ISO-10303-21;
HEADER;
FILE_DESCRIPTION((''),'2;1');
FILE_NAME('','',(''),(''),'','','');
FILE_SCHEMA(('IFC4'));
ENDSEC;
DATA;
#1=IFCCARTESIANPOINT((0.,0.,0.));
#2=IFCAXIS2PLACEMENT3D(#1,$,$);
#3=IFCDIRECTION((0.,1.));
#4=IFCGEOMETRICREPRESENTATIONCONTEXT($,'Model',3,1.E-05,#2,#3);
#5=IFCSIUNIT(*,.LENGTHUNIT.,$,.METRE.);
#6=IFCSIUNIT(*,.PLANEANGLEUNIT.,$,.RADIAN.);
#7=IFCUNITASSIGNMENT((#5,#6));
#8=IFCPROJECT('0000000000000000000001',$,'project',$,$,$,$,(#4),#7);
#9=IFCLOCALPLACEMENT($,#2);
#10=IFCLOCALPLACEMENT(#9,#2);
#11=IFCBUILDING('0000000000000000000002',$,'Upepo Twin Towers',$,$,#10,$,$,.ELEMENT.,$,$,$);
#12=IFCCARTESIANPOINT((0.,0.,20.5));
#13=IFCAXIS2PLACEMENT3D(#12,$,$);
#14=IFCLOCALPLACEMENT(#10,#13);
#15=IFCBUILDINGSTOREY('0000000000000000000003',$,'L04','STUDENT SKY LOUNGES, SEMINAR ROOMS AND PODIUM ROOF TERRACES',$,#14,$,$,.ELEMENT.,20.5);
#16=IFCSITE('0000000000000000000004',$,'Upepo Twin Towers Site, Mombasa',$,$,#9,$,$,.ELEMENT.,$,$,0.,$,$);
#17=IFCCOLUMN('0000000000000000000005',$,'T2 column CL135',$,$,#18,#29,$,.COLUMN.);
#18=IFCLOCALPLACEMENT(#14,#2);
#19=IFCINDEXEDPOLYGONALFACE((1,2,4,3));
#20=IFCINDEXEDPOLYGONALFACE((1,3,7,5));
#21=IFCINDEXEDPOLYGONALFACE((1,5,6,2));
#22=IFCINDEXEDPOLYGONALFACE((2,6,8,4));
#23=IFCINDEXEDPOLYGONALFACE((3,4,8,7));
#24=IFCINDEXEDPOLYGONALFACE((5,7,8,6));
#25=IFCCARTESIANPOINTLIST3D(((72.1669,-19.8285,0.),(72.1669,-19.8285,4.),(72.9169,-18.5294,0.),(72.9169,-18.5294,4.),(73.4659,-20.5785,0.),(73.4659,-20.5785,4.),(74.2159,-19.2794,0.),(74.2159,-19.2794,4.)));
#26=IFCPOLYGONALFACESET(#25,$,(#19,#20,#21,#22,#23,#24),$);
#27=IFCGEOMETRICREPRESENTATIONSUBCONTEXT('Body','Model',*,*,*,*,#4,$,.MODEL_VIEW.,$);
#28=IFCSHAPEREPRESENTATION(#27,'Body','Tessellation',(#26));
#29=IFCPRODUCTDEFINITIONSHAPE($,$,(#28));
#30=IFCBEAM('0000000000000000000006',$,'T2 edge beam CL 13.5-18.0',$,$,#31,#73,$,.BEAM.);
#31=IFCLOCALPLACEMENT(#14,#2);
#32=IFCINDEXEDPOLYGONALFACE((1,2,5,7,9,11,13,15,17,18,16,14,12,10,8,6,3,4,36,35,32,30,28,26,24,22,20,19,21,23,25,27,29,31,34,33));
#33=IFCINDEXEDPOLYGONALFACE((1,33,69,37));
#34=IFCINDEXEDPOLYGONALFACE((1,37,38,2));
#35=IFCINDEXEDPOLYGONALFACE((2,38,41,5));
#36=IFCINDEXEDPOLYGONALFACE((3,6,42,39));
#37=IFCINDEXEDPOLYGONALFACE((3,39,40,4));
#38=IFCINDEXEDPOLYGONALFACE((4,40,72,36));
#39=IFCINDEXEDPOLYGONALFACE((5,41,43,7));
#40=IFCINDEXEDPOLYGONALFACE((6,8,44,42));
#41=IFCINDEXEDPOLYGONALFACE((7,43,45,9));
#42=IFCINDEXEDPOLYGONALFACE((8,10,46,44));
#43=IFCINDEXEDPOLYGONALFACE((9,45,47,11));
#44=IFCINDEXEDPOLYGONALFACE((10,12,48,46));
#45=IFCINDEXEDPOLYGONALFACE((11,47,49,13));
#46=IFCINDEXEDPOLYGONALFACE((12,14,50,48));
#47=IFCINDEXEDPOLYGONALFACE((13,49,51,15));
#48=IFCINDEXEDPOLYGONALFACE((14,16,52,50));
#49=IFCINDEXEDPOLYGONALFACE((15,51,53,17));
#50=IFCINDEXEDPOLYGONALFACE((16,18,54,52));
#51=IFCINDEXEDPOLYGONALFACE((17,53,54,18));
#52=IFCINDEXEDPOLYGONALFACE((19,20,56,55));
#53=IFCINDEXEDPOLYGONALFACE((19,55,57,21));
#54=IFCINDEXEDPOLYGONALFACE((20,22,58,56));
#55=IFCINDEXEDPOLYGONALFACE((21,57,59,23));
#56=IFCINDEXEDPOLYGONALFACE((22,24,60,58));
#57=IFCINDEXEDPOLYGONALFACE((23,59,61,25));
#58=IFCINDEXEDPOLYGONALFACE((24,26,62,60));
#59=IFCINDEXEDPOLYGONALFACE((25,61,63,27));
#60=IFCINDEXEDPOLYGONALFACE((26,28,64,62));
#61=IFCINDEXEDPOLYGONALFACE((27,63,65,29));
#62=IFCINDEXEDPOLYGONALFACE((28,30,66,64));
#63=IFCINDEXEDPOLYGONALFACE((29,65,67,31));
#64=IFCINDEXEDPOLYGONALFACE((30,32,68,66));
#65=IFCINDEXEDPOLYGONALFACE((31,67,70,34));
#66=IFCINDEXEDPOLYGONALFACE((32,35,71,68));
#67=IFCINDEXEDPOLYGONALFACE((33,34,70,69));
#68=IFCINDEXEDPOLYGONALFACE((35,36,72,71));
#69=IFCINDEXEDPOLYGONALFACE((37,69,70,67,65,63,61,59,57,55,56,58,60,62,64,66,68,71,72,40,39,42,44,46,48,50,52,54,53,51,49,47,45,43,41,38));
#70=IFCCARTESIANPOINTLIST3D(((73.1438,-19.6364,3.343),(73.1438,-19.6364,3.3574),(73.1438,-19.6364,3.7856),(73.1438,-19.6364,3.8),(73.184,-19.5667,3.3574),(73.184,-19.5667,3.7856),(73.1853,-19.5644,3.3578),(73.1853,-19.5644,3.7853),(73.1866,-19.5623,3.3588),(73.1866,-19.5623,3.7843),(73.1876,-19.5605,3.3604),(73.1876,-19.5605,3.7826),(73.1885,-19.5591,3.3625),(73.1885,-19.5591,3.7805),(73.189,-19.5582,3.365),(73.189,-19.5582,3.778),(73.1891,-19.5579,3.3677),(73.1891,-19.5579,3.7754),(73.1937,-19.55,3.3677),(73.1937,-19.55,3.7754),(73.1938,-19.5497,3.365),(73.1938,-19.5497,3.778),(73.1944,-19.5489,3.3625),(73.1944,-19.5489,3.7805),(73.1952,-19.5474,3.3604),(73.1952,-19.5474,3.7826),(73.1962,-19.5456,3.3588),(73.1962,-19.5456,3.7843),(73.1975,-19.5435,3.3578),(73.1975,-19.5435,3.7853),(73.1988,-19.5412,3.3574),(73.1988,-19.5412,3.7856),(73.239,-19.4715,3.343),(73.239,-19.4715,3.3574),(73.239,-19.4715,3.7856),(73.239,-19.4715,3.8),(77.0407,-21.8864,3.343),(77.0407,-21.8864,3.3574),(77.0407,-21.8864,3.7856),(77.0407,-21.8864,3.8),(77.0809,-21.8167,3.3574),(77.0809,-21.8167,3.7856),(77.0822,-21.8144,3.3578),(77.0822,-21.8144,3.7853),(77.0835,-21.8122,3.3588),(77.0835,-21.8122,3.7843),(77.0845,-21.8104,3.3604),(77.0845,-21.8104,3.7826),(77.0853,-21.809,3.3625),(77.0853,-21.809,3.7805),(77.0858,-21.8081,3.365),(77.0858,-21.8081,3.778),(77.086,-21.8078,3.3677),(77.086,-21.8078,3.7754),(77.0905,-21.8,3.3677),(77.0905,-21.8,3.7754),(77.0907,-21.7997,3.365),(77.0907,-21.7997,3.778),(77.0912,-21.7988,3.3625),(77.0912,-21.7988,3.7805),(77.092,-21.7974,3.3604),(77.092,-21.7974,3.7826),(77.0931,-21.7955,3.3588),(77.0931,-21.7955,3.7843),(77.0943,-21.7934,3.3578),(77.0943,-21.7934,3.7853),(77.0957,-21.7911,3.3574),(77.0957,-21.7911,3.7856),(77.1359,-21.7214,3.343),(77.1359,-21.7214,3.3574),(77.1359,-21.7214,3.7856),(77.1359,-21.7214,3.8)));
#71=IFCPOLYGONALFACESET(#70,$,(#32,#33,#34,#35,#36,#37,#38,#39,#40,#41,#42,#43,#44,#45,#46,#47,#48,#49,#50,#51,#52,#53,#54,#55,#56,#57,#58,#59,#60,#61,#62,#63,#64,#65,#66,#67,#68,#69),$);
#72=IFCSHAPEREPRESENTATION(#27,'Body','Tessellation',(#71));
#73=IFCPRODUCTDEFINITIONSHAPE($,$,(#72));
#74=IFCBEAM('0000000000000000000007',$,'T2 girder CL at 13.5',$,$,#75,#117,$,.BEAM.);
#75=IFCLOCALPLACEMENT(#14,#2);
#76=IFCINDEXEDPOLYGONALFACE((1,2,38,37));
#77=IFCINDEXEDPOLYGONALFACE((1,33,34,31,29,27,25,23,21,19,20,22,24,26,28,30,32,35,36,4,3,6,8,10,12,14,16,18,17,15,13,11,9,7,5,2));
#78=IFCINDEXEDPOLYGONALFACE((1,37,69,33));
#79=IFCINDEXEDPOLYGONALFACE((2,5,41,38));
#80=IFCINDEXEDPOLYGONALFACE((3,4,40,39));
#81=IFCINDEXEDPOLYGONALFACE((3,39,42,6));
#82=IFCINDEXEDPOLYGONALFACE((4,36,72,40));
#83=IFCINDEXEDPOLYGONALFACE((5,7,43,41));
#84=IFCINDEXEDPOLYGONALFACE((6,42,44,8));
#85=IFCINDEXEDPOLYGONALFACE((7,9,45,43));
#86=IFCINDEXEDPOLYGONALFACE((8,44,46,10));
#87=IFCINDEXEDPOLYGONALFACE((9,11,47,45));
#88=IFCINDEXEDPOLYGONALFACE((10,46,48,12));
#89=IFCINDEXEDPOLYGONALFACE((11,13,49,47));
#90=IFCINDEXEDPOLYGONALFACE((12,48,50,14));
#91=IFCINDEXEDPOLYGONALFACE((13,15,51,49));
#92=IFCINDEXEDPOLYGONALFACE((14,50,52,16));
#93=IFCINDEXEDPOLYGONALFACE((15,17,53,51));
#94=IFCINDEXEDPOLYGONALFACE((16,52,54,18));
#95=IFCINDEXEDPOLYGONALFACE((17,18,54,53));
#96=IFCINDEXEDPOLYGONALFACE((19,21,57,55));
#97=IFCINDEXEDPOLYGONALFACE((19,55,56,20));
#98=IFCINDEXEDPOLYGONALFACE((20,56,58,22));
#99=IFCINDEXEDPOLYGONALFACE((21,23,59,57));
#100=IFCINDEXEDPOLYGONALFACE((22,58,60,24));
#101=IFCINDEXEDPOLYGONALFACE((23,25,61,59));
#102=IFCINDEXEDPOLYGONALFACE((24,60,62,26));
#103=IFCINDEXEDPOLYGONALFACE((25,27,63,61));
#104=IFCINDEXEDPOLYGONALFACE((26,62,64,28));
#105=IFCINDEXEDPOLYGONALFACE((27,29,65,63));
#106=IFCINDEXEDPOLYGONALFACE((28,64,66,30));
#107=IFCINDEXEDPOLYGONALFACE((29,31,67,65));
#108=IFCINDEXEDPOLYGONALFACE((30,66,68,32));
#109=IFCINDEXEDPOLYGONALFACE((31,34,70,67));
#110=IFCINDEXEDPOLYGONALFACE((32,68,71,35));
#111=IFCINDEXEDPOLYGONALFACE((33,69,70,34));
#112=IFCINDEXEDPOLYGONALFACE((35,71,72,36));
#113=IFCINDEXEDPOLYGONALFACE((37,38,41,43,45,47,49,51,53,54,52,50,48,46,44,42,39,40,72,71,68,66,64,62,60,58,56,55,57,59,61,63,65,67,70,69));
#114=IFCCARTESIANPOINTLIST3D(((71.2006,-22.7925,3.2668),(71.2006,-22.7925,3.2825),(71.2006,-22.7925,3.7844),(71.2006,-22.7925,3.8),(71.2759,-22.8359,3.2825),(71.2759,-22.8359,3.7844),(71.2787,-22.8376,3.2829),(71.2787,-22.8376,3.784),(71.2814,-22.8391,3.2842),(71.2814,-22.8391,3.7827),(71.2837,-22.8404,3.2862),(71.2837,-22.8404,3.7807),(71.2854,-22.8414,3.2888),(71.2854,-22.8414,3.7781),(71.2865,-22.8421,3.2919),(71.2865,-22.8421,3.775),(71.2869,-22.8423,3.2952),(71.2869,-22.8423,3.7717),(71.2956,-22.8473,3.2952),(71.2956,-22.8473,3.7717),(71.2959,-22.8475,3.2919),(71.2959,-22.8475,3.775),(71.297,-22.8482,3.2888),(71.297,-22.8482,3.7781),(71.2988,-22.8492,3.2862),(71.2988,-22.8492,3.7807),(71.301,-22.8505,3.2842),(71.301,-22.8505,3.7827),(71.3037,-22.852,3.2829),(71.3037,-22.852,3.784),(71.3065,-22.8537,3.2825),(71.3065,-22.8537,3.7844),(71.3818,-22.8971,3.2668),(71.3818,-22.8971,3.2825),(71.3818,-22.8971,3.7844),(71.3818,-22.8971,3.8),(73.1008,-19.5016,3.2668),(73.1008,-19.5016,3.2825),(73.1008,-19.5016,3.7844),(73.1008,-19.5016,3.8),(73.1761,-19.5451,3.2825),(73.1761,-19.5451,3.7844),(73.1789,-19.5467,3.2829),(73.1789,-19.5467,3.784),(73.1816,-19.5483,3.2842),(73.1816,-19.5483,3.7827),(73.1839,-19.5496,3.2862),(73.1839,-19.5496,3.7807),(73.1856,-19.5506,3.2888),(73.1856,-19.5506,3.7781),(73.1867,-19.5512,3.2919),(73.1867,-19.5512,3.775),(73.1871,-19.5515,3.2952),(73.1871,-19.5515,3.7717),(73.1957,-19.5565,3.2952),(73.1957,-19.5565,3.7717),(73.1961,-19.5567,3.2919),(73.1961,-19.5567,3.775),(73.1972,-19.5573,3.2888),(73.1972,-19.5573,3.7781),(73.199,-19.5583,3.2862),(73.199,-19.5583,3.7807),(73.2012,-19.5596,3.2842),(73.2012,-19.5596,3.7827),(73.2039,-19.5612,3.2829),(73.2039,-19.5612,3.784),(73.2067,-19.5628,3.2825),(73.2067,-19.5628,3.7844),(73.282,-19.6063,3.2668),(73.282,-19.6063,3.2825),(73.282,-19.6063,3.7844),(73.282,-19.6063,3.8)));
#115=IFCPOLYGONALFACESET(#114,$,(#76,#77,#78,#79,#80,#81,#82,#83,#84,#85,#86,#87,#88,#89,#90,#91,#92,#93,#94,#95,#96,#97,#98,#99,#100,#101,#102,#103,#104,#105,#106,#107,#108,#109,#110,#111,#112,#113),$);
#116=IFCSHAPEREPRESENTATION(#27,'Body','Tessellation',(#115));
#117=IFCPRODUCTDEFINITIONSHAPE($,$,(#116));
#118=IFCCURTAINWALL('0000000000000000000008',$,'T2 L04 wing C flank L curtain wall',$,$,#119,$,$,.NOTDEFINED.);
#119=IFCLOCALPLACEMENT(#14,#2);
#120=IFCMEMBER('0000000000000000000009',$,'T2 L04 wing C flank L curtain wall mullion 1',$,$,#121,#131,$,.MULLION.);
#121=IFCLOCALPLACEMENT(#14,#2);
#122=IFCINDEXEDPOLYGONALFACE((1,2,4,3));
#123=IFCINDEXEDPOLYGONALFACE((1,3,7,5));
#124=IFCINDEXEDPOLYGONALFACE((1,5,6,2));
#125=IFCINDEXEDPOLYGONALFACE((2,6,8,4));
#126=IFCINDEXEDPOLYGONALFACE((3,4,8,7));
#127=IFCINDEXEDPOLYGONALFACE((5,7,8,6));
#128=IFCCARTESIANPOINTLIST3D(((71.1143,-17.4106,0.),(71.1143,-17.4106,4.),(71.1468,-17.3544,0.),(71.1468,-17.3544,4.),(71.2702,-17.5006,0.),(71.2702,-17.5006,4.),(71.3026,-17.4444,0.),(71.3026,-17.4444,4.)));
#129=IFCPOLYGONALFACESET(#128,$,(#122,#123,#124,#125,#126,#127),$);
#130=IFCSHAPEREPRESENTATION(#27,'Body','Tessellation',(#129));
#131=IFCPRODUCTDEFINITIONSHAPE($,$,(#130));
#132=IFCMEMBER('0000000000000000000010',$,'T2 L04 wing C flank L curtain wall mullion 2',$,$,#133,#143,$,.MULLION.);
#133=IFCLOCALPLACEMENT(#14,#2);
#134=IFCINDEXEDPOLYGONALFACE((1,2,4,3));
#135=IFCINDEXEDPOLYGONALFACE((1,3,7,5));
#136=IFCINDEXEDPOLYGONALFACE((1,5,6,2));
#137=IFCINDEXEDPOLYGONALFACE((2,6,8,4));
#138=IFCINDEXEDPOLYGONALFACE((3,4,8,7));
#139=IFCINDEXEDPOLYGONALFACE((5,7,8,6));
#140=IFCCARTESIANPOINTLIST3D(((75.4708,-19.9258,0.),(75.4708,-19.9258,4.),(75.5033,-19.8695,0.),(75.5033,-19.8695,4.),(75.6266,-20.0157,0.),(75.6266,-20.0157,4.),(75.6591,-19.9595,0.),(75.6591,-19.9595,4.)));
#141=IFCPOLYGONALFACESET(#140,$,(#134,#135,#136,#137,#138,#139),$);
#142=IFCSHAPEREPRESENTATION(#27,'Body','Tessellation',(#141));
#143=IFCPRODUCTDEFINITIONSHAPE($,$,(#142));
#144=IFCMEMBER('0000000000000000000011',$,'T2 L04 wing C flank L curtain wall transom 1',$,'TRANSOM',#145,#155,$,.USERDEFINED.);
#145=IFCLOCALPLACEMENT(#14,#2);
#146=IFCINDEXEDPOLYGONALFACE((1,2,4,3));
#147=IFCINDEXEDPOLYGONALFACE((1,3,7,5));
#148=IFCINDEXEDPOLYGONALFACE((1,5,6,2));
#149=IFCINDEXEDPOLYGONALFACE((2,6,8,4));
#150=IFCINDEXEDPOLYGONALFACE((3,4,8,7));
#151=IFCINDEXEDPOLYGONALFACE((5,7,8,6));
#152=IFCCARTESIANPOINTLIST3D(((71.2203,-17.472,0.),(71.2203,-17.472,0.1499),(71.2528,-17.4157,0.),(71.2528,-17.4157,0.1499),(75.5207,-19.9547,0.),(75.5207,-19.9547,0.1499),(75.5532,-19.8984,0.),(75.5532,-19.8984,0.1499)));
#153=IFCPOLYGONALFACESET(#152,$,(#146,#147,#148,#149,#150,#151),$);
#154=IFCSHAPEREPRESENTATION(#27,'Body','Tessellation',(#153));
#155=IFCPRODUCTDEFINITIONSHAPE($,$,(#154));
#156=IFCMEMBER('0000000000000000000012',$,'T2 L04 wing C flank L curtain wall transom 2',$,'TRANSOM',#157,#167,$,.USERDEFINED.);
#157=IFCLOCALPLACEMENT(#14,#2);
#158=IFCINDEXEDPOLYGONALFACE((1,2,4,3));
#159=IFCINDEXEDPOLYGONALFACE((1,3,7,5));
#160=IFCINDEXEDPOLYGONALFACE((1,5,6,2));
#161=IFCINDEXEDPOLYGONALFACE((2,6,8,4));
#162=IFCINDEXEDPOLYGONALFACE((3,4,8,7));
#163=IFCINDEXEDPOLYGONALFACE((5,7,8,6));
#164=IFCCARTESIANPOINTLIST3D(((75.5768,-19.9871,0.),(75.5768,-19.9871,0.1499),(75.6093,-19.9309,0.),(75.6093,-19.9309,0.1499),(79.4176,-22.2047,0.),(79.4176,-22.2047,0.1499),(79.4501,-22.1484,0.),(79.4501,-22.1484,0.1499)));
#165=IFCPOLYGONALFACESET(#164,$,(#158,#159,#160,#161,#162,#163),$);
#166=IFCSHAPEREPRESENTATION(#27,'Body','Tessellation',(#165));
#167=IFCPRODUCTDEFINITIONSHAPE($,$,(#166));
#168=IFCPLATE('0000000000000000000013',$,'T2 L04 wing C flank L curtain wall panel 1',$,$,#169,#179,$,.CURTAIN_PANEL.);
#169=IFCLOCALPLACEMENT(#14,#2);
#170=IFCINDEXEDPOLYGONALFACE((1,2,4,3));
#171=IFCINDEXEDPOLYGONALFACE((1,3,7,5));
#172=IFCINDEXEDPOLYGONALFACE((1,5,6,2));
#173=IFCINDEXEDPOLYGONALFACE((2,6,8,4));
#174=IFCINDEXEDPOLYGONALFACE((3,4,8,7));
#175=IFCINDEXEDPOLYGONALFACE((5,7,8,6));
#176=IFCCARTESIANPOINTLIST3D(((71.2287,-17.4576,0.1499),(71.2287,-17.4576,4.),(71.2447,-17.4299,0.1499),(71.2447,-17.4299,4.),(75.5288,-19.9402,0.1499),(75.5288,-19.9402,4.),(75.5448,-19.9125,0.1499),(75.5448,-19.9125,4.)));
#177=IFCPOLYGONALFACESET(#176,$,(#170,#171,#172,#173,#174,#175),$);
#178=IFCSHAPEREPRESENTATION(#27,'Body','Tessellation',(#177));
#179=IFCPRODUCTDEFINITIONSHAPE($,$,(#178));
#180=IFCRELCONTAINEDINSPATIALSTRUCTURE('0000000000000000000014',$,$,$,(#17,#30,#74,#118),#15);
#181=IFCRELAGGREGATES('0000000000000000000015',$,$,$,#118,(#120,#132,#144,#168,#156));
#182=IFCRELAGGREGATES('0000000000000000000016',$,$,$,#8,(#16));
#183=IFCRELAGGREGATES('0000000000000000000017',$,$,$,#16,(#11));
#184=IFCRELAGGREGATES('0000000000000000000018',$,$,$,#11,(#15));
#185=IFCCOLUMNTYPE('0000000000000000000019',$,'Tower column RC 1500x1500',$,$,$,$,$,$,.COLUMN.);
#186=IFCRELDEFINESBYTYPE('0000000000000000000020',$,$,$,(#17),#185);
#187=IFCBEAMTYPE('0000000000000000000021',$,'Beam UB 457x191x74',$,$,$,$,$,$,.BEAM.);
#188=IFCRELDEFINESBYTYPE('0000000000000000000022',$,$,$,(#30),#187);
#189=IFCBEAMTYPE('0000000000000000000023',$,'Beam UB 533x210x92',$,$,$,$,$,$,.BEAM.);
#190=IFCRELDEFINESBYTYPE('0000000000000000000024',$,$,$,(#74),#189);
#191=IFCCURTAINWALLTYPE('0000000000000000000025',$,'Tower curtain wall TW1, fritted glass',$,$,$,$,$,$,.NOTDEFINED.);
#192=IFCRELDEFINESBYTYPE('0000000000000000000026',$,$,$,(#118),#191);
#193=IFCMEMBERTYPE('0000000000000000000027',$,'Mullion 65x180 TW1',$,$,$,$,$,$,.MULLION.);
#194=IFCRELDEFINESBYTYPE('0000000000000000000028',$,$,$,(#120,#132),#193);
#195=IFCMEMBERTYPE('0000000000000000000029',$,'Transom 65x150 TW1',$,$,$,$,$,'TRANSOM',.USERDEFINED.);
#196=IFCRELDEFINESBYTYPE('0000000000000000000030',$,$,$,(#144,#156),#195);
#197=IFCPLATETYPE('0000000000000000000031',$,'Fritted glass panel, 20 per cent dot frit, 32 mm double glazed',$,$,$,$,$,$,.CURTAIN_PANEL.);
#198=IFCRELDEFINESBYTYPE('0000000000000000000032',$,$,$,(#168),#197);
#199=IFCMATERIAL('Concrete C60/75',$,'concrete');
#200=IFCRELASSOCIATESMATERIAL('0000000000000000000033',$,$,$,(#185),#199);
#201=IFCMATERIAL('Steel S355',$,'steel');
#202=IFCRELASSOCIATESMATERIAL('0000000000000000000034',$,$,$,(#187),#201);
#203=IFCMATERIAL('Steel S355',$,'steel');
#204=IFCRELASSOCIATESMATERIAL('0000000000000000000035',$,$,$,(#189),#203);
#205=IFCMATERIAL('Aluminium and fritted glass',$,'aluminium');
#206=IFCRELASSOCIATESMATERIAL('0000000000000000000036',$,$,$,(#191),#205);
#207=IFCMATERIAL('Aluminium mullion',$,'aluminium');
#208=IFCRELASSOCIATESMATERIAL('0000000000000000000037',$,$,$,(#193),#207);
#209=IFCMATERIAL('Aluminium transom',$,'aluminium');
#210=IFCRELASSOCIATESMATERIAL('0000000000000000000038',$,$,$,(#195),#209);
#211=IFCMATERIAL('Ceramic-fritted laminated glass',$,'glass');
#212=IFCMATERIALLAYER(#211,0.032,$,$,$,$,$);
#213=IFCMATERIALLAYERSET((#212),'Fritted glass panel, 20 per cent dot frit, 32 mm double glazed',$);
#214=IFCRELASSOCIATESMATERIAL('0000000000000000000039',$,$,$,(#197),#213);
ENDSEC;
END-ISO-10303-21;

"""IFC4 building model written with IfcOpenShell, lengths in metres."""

from ifc_helpers import new_model, si_unit, direction, frame, origin, origin_2d, place, context, subcontext, project, spatial, rectangle, i_section, extrude, material, layer, layer_set, material_profile, profile_set, type_object, element, aggregate, save


model = new_model("IFC4")

# Units and contexts
model_context = context("Model", 3, precision=1e-05, world=origin(), true_north=direction((0.0, 1.0)))
body_context = subcontext(model_context, "Body", "Model", "MODEL_VIEW")
ifc_project = project(units=[si_unit("LENGTHUNIT", "METRE"), si_unit("PLANEANGLEUNIT", "RADIAN")], contexts=[model_context])

# Site, building, storey
site_placement = place(None, origin())
site = spatial("IfcSite", under=ifc_project, at=site_placement, Name="Upepo Twin Towers Site, Mombasa", CompositionType="ELEMENT", RefElevation=0.0)
building_placement = place(site_placement, origin())
building = spatial("IfcBuilding", under=site, at=building_placement, Name="Upepo Twin Towers", CompositionType="ELEMENT")
storey_placement = place(building_placement, frame((0.0, 0.0, 20.5)))
storey = spatial("IfcBuildingStorey", under=building, at=storey_placement, Name="L04", Description="STUDENT SKY LOUNGES, SEMINAR ROOMS AND PODIUM ROOF TERRACES", CompositionType="ELEMENT", Elevation=20.5)

# Column
ifc_material_1 = material(Name="Concrete C60/75", Category="concrete")
ifc_material_profile_1 = material_profile(ifc_material_1, rectangle(XDim=1.5, YDim=1.5, at=origin_2d()), Name="RC 1500x1500")
ifc_profile_set_1 = profile_set([ifc_material_profile_1], Name="Concrete C60/75")
column_type = type_object("IfcColumnType", Name="Tower column RC 1500x1500", PredefinedType="COLUMN", material=ifc_profile_set_1)
column_placement = place(storey_placement, frame((73.1914, -19.554, 0.0), z_axis=(0.0, 0.0, 1.0), x_axis=(0.5, 0.866025, 0.0)))
element("IfcColumn", 1, at=column_placement, inside=storey, type_object=column_type, Name="T2 column CL135", PredefinedType="COLUMN", context=body_context, shape_type="SweptSolid", body=[
    extrude(rectangle(XDim=1.5, YDim=1.5, at=origin_2d()), origin(), (0.0, 0.0, 1.0), 4.0),
])

# Beams
ifc_material_2 = material(Name="Steel S355", Category="steel")
ifc_material_profile_2 = material_profile(ifc_material_2, i_section(OverallWidth=0.1904, OverallDepth=0.457, WebThickness=0.009, FlangeThickness=0.0144, FilletRadius=0.0103, at=origin_2d()), Name="UB 457x191x74")
ifc_profile_set_2 = profile_set([ifc_material_profile_2], Name="Steel S355")
beam_type_1 = type_object("IfcBeamType", Name="Beam UB 457x191x74", PredefinedType="BEAM", material=ifc_profile_set_2)
beam_1_placement = place(storey_placement, frame((73.1914, -19.554, 3.5715), z_axis=(0.866018, -0.500014, 0.0), x_axis=(0.500014, 0.866018, 0.0)))
element("IfcBeam", 2, at=beam_1_placement, inside=storey, type_object=beam_type_1, Name="T2 edge beam CL 13.5-18.0", PredefinedType="BEAM", context=body_context, shape_type="SweptSolid", body=[
    extrude(i_section(OverallWidth=0.1904, OverallDepth=0.457, WebThickness=0.009, FlangeThickness=0.0144, FilletRadius=0.0103, at=origin_2d()), origin(), (0.0, 0.0, 1.0), 4.4998),
])
ifc_material_3 = material(Name="Steel S355", Category="steel")
ifc_material_profile_3 = material_profile(ifc_material_3, i_section(OverallWidth=0.2092, OverallDepth=0.5332, WebThickness=0.01, FlangeThickness=0.0156, FilletRadius=0.0127, at=origin_2d()), Name="UB 533x210x92")
ifc_profile_set_3 = profile_set([ifc_material_profile_3], Name="Steel S355")
beam_type_2 = type_object("IfcBeamType", Name="Beam UB 533x210x92", PredefinedType="BEAM", material=ifc_profile_set_3)
beam_2_placement = place(storey_placement, frame((73.1914, -19.554, 3.5334), z_axis=(-0.500043, -0.866, 0.0), x_axis=(0.866, -0.500043, 0.0)))
element("IfcBeam", 3, at=beam_2_placement, inside=storey, type_object=beam_type_2, Name="T2 girder CL at 13.5", PredefinedType="BEAM", context=body_context, shape_type="SweptSolid", body=[
    extrude(i_section(OverallWidth=0.2092, OverallDepth=0.5332, WebThickness=0.01, FlangeThickness=0.0156, FilletRadius=0.0127, at=origin_2d()), origin(), (0.0, 0.0, 1.0), 3.8),
])

# Curtain wall, members, plate
ifc_material_4 = material(Name="Aluminium and fritted glass", Category="aluminium")
curtain_wall_type = type_object("IfcCurtainWallType", Name="Tower curtain wall TW1, fritted glass", PredefinedType="NOTDEFINED", material=ifc_material_4)
curtain_wall_placement = place(storey_placement, origin())
curtain_wall = element("IfcCurtainWall", 4, at=curtain_wall_placement, inside=storey, type_object=curtain_wall_type, Name="T2 L04 wing C flank L curtain wall", PredefinedType="NOTDEFINED")
ifc_material_5 = material(Name="Aluminium mullion", Category="aluminium")
ifc_material_profile_4 = material_profile(ifc_material_5, rectangle(XDim=0.0649, YDim=0.1799, at=origin_2d()), Name="MULLION 65x180")
ifc_profile_set_4 = profile_set([ifc_material_profile_4], Name="Aluminium mullion")
member_type_1 = type_object("IfcMemberType", Name="Mullion 65x180 TW1", PredefinedType="MULLION", material=ifc_profile_set_4)
member_1_placement = place(storey_placement, frame((71.2085, -17.4275, 0.0), z_axis=(0.0, 0.0, 1.0), x_axis=(0.5, 0.866025, 0.0)))
member_1 = element("IfcMember", 5, at=member_1_placement, type_object=member_type_1, Name="T2 L04 wing C flank L curtain wall mullion 1", PredefinedType="MULLION", context=body_context, shape_type="SweptSolid", body=[
    extrude(rectangle(XDim=0.0649, YDim=0.1799, at=origin_2d()), origin(), (0.0, 0.0, 1.0), 4.0),
])
member_2_placement = place(storey_placement, frame((75.5649, -19.9426, 0.0), z_axis=(0.0, 0.0, 1.0), x_axis=(0.5, 0.866025, 0.0)))
member_2 = element("IfcMember", 6, at=member_2_placement, type_object=member_type_1, Name="T2 L04 wing C flank L curtain wall mullion 2", PredefinedType="MULLION", context=body_context, shape_type="SweptSolid", body=[
    extrude(rectangle(XDim=0.0649, YDim=0.1799, at=origin_2d()), origin(), (0.0, 0.0, 1.0), 4.0),
])
ifc_material_6 = material(Name="Aluminium transom", Category="aluminium")
ifc_material_profile_5 = material_profile(ifc_material_6, rectangle(XDim=0.0649, YDim=0.1499, at=origin_2d()), Name="TRANSOM 65x150")
ifc_profile_set_5 = profile_set([ifc_material_profile_5], Name="Aluminium transom")
member_type_2 = type_object("IfcMemberType", Name="Transom 65x150 TW1", ElementType="TRANSOM", PredefinedType="USERDEFINED", material=ifc_profile_set_5)
member_3_placement = place(storey_placement, frame((71.2366, -17.4438, 0.075), z_axis=(0.866035, -0.499983, 0.0), x_axis=(0.499983, 0.866035, 0.0)))
member_3 = element("IfcMember", 7, at=member_3_placement, type_object=member_type_2, Name="T2 L04 wing C flank L curtain wall transom 1", ObjectType="TRANSOM", PredefinedType="USERDEFINED", context=body_context, shape_type="SweptSolid", body=[
    extrude(rectangle(XDim=0.0649, YDim=0.1499, at=origin_2d()), origin(), (0.0, 0.0, 1.0), 4.9656),
])
member_4_placement = place(storey_placement, frame((75.593, -19.959, 0.075), z_axis=(0.866022, -0.500005, 0.0), x_axis=(0.500005, 0.866022, 0.0)))
member_4 = element("IfcMember", 8, at=member_4_placement, type_object=member_type_2, Name="T2 L04 wing C flank L curtain wall transom 2", ObjectType="TRANSOM", PredefinedType="USERDEFINED", context=body_context, shape_type="SweptSolid", body=[
    extrude(rectangle(XDim=0.0649, YDim=0.1499, at=origin_2d()), origin(), (0.0, 0.0, 1.0), 4.4351),
])
ifc_material_7 = material(Name="Ceramic-fritted laminated glass", Category="glass")
ifc_layer_1 = layer(ifc_material_7, 0.032)
ifc_layer_set_1 = layer_set([ifc_layer_1], Name="Fritted glass panel, 20 per cent dot frit, 32 mm double glazed")
plate_type = type_object("IfcPlateType", Name="Fritted glass panel, 20 per cent dot frit, 32 mm double glazed", PredefinedType="CURTAIN_PANEL", material=ifc_layer_set_1)
plate_1_placement = place(storey_placement, frame((73.3867, -18.6851, 0.1499), z_axis=(0.0, 0.0, 1.0), x_axis=(0.866025, -0.5, 0.0)))
plate_1 = element("IfcPlate", 9, at=plate_1_placement, type_object=plate_type, Name="T2 L04 wing C flank L curtain wall panel 1", PredefinedType="CURTAIN_PANEL", context=body_context, shape_type="SweptSolid", body=[
    extrude(rectangle(XDim=4.9653, YDim=0.032, at=origin_2d()), origin(), (0.0, 0.0, 1.0), 3.8501),
])
aggregate(curtain_wall, [member_1, member_2, member_3, plate_1, member_4])

save(model, "model.ifc")
